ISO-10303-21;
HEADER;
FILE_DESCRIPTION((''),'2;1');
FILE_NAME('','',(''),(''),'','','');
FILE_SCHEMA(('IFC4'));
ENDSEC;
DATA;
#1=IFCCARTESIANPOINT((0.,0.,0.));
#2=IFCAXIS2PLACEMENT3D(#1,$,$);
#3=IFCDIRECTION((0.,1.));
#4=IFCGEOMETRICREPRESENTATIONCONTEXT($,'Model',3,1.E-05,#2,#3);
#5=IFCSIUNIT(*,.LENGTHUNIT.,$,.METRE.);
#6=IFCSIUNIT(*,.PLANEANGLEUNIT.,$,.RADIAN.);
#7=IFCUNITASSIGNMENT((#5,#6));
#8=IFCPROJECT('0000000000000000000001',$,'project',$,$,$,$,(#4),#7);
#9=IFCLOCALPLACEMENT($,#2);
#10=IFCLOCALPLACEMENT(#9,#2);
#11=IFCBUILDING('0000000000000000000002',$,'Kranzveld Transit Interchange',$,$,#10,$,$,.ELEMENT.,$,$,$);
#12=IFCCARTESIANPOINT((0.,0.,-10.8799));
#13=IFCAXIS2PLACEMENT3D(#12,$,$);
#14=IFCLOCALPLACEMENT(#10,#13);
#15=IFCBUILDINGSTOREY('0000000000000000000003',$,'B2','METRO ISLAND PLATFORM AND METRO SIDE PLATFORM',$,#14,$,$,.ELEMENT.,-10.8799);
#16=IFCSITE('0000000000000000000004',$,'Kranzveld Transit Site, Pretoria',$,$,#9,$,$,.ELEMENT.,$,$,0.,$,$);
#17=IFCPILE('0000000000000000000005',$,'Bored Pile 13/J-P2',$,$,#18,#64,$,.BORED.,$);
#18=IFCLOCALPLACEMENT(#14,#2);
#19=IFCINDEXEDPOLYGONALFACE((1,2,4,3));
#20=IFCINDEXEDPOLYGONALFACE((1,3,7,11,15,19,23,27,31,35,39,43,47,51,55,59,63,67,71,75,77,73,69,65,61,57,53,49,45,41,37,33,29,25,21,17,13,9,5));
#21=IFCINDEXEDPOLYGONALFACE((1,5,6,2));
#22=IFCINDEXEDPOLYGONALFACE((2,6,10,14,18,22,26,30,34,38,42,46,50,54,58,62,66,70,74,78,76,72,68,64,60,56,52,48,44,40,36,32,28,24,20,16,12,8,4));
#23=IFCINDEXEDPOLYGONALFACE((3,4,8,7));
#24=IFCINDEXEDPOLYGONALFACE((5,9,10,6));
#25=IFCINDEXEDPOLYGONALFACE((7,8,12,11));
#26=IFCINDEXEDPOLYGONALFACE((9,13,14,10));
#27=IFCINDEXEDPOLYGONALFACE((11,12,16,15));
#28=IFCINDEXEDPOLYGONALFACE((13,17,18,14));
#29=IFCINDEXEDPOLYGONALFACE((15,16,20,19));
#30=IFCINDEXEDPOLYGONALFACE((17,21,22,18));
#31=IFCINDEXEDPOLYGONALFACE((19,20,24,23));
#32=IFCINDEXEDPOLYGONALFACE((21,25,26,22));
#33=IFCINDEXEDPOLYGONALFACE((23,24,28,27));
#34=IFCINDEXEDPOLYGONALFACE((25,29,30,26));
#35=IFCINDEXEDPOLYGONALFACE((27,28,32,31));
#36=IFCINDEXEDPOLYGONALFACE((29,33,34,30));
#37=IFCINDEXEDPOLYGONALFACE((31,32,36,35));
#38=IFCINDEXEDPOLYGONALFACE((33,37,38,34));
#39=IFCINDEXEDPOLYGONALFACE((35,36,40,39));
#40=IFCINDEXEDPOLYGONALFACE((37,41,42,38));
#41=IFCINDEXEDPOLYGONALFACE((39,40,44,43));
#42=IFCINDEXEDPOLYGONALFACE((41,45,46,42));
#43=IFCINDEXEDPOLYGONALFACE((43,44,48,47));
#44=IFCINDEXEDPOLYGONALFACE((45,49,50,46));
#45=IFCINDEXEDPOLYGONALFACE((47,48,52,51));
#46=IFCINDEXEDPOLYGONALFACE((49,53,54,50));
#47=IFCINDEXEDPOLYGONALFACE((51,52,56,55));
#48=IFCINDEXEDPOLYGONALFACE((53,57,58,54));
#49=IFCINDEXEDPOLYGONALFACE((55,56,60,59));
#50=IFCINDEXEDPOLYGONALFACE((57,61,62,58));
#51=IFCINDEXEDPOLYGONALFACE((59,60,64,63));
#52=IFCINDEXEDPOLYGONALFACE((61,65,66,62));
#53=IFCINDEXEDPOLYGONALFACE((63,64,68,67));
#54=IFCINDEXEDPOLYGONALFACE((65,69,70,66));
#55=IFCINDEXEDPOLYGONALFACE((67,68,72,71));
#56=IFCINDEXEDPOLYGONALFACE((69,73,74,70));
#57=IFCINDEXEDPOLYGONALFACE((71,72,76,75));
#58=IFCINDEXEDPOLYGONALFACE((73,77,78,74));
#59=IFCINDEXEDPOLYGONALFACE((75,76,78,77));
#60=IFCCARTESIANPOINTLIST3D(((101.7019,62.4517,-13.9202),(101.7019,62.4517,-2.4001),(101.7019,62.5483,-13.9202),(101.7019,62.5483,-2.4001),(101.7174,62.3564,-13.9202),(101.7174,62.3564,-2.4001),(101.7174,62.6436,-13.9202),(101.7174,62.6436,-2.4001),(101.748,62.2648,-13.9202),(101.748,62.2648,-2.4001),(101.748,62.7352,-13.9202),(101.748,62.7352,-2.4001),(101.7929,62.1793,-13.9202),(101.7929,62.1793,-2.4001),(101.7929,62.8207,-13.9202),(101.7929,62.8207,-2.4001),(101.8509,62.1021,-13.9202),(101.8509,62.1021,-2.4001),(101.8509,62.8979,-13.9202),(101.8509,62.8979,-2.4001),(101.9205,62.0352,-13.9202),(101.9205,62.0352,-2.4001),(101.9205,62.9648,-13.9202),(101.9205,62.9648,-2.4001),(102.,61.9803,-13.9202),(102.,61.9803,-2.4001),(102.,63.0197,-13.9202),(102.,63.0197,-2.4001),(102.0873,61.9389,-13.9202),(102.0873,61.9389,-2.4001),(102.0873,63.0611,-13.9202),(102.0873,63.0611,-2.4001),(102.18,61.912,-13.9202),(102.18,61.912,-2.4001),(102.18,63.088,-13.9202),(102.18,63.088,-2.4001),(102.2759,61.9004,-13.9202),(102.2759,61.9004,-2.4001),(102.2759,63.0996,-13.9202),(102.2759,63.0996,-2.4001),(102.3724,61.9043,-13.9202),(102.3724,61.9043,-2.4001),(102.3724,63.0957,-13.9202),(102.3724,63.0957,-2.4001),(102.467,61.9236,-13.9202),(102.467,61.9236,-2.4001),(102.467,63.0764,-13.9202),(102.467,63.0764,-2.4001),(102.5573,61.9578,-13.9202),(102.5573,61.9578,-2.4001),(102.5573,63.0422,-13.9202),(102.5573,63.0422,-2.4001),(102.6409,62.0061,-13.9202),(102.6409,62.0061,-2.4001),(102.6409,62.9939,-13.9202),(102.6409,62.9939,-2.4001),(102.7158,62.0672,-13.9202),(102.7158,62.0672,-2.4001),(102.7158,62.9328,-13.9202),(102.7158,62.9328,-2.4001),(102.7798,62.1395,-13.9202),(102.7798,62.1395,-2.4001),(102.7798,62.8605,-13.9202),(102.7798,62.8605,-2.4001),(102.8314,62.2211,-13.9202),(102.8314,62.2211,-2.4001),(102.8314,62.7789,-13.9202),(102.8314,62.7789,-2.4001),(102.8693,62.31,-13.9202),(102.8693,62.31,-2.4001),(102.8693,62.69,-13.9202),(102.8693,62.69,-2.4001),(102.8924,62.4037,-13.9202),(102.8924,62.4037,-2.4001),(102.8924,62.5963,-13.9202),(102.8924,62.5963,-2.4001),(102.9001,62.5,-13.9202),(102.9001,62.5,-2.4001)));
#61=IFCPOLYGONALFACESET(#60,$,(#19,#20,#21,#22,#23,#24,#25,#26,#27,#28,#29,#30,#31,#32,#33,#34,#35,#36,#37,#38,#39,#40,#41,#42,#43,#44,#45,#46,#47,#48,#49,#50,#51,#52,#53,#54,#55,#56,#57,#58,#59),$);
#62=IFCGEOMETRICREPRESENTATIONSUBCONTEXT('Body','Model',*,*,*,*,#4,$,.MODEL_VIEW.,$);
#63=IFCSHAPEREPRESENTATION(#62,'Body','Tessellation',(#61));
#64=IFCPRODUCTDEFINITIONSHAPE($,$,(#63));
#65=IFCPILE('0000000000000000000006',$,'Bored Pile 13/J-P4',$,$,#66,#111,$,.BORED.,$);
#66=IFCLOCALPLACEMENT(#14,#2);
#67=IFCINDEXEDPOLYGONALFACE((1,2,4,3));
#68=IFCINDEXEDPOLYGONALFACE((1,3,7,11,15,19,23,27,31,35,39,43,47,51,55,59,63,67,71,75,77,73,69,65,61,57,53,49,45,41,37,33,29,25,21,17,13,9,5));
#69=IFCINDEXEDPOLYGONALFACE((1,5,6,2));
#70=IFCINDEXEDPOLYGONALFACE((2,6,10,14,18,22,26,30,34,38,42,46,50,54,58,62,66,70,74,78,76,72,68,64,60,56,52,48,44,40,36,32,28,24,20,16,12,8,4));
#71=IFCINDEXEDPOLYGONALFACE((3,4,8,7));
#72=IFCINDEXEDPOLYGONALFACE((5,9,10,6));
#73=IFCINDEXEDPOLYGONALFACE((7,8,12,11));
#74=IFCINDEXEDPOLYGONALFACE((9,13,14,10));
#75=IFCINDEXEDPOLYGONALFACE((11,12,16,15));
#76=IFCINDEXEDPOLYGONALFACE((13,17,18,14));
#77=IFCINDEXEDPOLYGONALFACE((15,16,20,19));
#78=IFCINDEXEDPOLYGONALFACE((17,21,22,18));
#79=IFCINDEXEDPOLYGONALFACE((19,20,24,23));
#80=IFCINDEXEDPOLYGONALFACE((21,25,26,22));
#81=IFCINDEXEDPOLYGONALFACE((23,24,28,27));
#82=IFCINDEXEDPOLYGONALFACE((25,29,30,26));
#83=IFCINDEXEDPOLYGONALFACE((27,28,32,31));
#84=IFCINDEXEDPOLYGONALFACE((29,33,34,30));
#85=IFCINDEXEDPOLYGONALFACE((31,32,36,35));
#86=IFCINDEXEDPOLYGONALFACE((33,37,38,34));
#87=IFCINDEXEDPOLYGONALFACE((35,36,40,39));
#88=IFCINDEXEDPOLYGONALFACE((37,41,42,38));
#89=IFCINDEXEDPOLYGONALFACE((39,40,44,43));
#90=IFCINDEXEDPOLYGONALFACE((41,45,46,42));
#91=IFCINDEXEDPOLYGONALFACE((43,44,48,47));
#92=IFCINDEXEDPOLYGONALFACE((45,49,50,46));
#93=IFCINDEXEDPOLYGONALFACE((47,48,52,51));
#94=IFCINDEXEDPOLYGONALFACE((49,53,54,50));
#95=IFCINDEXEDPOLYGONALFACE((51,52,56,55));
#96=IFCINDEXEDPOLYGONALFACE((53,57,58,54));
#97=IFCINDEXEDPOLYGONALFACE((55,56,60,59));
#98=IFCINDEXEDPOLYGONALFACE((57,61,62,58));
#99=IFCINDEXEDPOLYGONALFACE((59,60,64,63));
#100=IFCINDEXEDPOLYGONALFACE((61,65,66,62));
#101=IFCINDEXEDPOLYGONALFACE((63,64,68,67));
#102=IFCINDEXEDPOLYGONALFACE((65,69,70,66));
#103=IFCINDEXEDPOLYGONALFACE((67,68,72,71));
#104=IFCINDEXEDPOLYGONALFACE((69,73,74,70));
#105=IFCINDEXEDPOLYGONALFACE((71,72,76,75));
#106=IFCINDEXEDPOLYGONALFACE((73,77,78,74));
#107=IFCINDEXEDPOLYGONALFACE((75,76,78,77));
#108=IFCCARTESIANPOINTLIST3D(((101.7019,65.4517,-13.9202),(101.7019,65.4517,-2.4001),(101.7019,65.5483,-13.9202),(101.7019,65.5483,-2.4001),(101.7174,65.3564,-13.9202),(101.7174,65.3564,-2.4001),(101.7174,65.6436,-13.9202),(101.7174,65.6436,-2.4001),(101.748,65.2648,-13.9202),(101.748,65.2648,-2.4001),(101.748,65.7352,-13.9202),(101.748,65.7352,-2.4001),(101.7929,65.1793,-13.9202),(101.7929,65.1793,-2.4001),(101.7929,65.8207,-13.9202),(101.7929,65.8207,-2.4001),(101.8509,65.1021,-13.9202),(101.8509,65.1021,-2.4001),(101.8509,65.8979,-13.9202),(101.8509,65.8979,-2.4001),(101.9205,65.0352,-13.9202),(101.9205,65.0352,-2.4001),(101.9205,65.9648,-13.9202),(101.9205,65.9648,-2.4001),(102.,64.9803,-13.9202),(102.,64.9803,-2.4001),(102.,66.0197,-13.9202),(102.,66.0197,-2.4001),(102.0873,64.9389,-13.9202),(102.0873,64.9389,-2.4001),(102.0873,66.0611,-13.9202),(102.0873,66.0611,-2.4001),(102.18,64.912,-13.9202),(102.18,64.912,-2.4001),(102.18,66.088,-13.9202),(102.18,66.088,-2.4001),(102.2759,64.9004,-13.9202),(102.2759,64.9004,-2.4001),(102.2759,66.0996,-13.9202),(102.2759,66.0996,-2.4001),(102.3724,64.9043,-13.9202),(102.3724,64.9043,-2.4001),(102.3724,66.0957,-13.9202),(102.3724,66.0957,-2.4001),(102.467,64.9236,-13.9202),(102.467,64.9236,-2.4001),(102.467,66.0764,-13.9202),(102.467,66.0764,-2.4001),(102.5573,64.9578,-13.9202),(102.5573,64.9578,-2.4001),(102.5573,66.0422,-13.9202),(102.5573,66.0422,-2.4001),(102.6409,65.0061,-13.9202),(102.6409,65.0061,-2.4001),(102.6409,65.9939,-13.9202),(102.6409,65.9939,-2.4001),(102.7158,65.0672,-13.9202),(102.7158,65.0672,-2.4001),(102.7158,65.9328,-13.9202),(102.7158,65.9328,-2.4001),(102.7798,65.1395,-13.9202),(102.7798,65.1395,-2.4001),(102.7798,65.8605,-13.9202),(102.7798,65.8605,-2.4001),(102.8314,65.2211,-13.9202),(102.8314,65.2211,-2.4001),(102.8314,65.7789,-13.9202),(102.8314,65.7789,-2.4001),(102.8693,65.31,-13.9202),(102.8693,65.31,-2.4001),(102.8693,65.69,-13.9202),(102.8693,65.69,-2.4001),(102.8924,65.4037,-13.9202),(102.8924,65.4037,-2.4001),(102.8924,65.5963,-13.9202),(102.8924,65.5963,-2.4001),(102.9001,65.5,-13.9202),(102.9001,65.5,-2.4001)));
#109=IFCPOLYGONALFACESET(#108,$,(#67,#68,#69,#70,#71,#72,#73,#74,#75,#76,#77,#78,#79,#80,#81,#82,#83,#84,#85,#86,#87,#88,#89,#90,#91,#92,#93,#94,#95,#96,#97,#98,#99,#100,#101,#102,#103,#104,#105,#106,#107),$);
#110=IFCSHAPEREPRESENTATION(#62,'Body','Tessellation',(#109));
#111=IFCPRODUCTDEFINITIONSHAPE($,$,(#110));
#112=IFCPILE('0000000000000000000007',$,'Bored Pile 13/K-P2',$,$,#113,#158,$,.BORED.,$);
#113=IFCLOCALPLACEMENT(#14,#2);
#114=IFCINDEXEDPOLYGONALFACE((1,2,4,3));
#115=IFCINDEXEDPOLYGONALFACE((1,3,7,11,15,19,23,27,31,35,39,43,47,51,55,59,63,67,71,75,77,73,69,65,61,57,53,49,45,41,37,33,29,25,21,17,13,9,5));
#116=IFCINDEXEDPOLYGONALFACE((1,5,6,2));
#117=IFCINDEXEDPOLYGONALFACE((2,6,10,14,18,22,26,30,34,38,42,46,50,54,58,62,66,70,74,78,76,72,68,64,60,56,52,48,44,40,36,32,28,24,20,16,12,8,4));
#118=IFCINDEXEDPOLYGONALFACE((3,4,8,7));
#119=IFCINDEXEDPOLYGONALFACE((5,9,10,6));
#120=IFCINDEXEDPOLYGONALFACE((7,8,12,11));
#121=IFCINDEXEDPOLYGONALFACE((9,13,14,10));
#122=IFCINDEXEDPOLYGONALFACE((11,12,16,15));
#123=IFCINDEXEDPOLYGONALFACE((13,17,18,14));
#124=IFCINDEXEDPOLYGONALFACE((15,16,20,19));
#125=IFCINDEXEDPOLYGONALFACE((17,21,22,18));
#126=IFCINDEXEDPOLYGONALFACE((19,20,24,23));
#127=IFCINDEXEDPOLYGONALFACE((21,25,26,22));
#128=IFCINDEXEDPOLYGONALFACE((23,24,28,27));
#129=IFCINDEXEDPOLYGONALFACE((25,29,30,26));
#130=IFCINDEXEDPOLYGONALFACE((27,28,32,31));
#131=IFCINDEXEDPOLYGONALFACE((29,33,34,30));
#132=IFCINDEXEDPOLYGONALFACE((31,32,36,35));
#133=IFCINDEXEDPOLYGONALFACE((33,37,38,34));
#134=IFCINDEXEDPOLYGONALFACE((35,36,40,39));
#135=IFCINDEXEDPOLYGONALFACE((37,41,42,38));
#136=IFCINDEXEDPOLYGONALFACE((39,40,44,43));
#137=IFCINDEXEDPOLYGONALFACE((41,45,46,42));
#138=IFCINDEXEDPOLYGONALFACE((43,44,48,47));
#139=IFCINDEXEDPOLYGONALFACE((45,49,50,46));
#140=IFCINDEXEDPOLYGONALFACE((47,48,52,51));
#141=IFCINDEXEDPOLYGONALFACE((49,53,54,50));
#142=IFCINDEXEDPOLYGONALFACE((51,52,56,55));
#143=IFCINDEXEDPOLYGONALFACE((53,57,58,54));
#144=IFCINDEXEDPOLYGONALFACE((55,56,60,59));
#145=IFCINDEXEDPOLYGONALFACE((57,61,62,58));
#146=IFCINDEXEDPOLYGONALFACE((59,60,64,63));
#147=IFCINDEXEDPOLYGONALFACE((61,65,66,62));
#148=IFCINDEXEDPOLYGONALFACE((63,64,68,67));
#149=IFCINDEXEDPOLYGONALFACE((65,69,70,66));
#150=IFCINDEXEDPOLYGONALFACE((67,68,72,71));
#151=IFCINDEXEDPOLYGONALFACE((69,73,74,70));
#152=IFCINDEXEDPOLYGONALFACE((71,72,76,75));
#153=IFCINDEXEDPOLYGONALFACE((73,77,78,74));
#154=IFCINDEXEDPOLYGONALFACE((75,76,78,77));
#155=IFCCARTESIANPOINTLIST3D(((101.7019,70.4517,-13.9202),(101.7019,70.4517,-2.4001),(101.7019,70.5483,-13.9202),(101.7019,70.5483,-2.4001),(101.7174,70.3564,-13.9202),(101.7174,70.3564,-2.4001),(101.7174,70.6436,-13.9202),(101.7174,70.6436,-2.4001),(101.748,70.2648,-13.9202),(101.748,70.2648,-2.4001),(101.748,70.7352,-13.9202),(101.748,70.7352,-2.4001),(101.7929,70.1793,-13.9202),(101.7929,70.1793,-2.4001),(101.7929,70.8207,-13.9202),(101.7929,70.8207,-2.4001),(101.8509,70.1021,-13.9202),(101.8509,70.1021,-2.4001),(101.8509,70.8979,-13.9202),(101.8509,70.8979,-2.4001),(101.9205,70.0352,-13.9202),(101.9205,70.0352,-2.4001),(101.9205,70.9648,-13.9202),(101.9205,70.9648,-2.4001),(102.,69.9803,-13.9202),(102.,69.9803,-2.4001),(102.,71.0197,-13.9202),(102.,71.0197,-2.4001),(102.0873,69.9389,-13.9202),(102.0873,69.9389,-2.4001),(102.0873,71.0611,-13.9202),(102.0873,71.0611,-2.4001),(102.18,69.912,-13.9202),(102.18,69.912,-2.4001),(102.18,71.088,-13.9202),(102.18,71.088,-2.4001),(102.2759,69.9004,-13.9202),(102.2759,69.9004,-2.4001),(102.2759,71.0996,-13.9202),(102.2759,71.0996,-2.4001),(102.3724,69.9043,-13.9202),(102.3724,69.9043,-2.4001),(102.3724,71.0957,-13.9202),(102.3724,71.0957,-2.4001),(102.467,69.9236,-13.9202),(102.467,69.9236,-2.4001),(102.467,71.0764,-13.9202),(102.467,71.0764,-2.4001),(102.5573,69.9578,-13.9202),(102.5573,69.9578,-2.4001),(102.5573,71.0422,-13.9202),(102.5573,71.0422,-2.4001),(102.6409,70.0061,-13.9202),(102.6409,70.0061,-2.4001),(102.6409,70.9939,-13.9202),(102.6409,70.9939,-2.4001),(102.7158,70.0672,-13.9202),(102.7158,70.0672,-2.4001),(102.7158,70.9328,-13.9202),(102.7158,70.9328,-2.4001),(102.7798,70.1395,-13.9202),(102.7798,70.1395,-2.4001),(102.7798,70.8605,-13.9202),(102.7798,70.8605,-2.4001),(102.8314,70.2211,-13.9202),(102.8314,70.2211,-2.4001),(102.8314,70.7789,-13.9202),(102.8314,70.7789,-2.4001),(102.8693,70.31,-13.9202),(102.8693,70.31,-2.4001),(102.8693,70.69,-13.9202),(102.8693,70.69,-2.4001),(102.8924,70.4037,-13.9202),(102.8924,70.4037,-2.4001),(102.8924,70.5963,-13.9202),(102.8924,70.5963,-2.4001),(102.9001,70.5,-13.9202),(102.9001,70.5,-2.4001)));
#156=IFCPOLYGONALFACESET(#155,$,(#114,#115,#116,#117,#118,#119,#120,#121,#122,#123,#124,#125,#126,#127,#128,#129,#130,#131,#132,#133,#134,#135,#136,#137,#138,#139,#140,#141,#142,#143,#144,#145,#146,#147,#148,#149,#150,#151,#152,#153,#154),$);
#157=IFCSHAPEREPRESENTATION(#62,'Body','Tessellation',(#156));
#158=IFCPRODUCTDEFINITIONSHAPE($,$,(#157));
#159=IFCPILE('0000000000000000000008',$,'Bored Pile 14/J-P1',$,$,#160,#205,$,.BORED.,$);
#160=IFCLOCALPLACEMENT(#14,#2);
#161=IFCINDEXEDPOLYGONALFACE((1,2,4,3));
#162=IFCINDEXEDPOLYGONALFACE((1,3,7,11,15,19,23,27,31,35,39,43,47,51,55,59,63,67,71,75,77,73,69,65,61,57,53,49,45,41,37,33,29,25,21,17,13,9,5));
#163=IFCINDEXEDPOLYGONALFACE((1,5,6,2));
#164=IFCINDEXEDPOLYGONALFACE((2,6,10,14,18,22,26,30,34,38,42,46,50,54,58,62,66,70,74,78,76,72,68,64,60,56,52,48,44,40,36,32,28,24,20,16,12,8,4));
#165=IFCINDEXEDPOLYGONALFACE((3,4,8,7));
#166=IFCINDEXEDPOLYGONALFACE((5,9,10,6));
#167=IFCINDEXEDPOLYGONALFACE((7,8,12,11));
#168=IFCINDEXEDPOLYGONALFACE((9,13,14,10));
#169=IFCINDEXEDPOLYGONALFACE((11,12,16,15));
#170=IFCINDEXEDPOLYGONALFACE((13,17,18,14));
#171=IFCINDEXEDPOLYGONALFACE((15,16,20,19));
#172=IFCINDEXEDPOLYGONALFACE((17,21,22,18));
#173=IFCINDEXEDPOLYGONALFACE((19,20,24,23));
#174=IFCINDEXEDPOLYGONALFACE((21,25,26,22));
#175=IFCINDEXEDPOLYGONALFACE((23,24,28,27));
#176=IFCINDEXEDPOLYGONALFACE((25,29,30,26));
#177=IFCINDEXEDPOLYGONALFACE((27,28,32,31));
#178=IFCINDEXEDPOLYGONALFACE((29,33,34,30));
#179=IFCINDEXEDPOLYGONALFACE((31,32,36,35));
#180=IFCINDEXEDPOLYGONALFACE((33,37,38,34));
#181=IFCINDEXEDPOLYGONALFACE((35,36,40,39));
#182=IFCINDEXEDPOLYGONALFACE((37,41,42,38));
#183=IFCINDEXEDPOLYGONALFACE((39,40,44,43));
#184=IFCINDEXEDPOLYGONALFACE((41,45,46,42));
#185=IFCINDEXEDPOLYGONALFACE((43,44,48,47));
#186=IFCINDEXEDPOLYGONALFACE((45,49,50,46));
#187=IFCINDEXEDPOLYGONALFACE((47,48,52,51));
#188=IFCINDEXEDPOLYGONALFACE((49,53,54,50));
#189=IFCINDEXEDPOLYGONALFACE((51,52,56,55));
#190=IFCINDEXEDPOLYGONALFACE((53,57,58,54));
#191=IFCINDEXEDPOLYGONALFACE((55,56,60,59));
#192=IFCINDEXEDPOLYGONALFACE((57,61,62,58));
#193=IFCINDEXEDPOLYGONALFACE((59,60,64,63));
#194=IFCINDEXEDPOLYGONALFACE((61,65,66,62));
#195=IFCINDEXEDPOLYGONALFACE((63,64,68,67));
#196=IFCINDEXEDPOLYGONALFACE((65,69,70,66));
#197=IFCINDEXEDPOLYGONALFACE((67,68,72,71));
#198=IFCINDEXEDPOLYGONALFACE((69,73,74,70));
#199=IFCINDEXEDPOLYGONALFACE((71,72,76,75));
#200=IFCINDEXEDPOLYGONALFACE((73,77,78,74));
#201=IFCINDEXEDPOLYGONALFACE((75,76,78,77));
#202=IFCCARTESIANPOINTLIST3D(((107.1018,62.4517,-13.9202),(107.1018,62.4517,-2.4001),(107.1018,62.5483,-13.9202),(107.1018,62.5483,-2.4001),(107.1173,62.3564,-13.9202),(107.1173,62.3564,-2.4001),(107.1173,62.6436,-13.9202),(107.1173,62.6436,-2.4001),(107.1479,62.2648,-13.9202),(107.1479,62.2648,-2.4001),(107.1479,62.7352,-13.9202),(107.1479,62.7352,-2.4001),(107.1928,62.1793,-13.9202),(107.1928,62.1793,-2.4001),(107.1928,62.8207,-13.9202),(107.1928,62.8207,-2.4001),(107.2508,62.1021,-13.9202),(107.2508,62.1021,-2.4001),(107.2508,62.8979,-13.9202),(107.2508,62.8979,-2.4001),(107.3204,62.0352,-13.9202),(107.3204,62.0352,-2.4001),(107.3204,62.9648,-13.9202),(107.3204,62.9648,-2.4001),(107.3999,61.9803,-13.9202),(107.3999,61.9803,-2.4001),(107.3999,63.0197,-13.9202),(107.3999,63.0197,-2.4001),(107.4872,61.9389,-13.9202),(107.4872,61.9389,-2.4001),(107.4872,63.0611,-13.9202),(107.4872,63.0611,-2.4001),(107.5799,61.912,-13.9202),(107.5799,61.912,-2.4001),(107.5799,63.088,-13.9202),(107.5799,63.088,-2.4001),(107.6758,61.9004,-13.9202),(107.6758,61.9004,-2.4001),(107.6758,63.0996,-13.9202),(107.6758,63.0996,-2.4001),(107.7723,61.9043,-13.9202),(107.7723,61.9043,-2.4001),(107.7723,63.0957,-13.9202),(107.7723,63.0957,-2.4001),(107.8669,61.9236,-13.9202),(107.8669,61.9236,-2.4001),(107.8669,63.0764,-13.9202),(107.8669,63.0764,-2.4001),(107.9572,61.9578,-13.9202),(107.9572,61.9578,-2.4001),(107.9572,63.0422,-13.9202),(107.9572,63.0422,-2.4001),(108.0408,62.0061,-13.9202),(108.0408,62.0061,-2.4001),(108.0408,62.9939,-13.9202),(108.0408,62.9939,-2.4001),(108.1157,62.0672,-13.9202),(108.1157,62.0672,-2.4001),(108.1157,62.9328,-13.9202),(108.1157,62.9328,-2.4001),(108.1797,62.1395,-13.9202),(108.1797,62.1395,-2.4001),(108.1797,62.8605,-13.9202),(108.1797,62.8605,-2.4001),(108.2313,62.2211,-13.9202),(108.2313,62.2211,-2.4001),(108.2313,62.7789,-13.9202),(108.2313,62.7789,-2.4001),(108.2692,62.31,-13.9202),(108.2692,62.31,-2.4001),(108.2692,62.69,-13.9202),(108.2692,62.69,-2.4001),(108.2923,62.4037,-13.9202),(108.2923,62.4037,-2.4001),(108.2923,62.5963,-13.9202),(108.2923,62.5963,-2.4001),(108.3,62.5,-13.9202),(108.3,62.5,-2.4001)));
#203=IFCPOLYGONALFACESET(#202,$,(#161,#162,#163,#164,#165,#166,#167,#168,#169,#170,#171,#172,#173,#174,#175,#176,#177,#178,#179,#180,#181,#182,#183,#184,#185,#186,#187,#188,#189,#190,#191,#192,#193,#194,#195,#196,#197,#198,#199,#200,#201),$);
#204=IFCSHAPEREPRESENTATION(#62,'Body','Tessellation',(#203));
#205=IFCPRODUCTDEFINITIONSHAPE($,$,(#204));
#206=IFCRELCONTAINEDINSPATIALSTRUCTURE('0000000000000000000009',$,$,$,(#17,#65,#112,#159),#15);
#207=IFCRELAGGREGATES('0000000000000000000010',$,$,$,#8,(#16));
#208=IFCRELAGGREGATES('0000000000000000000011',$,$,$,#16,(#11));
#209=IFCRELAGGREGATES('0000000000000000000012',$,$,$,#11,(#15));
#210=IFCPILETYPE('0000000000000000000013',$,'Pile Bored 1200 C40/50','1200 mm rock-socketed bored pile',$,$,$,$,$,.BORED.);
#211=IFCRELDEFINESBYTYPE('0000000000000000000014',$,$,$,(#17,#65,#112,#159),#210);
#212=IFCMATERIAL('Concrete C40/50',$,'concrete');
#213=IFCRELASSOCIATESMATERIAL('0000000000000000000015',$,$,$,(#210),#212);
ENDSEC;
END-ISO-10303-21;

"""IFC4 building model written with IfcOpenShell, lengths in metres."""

from ifc_helpers import new_model, si_unit, direction, frame, origin, origin_2d, place, context, subcontext, project, spatial, circle, extrude, material, material_profile, profile_set, type_object, element, save


model = new_model("IFC4")

# Units and contexts
model_context = context("Model", 3, precision=1e-05, world=origin(), true_north=direction((0.0, 1.0)))
body_context = subcontext(model_context, "Body", "Model", "MODEL_VIEW")
ifc_project = project(units=[si_unit("LENGTHUNIT", "METRE"), si_unit("PLANEANGLEUNIT", "RADIAN")], contexts=[model_context])

# Site, building, storey
site_placement = place(None, origin())
site = spatial("IfcSite", under=ifc_project, at=site_placement, Name="Kranzveld Transit Site, Pretoria", CompositionType="ELEMENT", RefElevation=0.0)
building_placement = place(site_placement, origin())
building = spatial("IfcBuilding", under=site, at=building_placement, Name="Kranzveld Transit Interchange", CompositionType="ELEMENT")
storey_placement = place(building_placement, frame((0.0, 0.0, -10.8799)))
storey = spatial("IfcBuildingStorey", under=building, at=storey_placement, Name="B2", Description="METRO ISLAND PLATFORM AND METRO SIDE PLATFORM", CompositionType="ELEMENT", Elevation=-10.8799)

# Piles
ifc_material_1 = material(Name="Concrete C40/50", Category="concrete")
ifc_material_profile_1 = material_profile(ifc_material_1, circle(Radius=0.6001, at=origin_2d()), Name="BORED PILE 1200")
ifc_profile_set_1 = profile_set([ifc_material_profile_1], Name="Concrete C40/50")
pile_type_1 = type_object("IfcPileType", Name="Pile Bored 1200 C40/50", Description="1200 mm rock-socketed bored pile", PredefinedType="BORED", material=ifc_profile_set_1)
for number, where, z_axis, x_axis, name in (
    (1, (102.3, 62.5, -2.4001), (0.0, 0.0, -1.0), (1.0, 0.0, 0.0), "Bored Pile 13/J-P2"),
    (2, (102.3, 65.5, -2.4001), (0.0, 0.0, -1.0), (1.0, 0.0, 0.0), "Bored Pile 13/J-P4"),
    (3, (102.3, 70.5, -2.4001), (0.0, 0.0, -1.0), (1.0, 0.0, 0.0), "Bored Pile 13/K-P2"),
    (4, (107.7, 62.5, -2.4001), (0.0, 0.0, -1.0), (1.0, 0.0, 0.0), "Bored Pile 14/J-P1"),
):
    element("IfcPile", number, at=place(storey_placement, frame(where, z_axis=z_axis, x_axis=x_axis)), inside=storey, type_object=pile_type_1, Name=name, PredefinedType="BORED", context=body_context, shape_type="SweptSolid", body=[
        extrude(circle(Radius=0.6001, at=origin_2d()), origin(), (0.0, 0.0, 1.0), 11.52),
    ])

save(model, "model.ifc")
